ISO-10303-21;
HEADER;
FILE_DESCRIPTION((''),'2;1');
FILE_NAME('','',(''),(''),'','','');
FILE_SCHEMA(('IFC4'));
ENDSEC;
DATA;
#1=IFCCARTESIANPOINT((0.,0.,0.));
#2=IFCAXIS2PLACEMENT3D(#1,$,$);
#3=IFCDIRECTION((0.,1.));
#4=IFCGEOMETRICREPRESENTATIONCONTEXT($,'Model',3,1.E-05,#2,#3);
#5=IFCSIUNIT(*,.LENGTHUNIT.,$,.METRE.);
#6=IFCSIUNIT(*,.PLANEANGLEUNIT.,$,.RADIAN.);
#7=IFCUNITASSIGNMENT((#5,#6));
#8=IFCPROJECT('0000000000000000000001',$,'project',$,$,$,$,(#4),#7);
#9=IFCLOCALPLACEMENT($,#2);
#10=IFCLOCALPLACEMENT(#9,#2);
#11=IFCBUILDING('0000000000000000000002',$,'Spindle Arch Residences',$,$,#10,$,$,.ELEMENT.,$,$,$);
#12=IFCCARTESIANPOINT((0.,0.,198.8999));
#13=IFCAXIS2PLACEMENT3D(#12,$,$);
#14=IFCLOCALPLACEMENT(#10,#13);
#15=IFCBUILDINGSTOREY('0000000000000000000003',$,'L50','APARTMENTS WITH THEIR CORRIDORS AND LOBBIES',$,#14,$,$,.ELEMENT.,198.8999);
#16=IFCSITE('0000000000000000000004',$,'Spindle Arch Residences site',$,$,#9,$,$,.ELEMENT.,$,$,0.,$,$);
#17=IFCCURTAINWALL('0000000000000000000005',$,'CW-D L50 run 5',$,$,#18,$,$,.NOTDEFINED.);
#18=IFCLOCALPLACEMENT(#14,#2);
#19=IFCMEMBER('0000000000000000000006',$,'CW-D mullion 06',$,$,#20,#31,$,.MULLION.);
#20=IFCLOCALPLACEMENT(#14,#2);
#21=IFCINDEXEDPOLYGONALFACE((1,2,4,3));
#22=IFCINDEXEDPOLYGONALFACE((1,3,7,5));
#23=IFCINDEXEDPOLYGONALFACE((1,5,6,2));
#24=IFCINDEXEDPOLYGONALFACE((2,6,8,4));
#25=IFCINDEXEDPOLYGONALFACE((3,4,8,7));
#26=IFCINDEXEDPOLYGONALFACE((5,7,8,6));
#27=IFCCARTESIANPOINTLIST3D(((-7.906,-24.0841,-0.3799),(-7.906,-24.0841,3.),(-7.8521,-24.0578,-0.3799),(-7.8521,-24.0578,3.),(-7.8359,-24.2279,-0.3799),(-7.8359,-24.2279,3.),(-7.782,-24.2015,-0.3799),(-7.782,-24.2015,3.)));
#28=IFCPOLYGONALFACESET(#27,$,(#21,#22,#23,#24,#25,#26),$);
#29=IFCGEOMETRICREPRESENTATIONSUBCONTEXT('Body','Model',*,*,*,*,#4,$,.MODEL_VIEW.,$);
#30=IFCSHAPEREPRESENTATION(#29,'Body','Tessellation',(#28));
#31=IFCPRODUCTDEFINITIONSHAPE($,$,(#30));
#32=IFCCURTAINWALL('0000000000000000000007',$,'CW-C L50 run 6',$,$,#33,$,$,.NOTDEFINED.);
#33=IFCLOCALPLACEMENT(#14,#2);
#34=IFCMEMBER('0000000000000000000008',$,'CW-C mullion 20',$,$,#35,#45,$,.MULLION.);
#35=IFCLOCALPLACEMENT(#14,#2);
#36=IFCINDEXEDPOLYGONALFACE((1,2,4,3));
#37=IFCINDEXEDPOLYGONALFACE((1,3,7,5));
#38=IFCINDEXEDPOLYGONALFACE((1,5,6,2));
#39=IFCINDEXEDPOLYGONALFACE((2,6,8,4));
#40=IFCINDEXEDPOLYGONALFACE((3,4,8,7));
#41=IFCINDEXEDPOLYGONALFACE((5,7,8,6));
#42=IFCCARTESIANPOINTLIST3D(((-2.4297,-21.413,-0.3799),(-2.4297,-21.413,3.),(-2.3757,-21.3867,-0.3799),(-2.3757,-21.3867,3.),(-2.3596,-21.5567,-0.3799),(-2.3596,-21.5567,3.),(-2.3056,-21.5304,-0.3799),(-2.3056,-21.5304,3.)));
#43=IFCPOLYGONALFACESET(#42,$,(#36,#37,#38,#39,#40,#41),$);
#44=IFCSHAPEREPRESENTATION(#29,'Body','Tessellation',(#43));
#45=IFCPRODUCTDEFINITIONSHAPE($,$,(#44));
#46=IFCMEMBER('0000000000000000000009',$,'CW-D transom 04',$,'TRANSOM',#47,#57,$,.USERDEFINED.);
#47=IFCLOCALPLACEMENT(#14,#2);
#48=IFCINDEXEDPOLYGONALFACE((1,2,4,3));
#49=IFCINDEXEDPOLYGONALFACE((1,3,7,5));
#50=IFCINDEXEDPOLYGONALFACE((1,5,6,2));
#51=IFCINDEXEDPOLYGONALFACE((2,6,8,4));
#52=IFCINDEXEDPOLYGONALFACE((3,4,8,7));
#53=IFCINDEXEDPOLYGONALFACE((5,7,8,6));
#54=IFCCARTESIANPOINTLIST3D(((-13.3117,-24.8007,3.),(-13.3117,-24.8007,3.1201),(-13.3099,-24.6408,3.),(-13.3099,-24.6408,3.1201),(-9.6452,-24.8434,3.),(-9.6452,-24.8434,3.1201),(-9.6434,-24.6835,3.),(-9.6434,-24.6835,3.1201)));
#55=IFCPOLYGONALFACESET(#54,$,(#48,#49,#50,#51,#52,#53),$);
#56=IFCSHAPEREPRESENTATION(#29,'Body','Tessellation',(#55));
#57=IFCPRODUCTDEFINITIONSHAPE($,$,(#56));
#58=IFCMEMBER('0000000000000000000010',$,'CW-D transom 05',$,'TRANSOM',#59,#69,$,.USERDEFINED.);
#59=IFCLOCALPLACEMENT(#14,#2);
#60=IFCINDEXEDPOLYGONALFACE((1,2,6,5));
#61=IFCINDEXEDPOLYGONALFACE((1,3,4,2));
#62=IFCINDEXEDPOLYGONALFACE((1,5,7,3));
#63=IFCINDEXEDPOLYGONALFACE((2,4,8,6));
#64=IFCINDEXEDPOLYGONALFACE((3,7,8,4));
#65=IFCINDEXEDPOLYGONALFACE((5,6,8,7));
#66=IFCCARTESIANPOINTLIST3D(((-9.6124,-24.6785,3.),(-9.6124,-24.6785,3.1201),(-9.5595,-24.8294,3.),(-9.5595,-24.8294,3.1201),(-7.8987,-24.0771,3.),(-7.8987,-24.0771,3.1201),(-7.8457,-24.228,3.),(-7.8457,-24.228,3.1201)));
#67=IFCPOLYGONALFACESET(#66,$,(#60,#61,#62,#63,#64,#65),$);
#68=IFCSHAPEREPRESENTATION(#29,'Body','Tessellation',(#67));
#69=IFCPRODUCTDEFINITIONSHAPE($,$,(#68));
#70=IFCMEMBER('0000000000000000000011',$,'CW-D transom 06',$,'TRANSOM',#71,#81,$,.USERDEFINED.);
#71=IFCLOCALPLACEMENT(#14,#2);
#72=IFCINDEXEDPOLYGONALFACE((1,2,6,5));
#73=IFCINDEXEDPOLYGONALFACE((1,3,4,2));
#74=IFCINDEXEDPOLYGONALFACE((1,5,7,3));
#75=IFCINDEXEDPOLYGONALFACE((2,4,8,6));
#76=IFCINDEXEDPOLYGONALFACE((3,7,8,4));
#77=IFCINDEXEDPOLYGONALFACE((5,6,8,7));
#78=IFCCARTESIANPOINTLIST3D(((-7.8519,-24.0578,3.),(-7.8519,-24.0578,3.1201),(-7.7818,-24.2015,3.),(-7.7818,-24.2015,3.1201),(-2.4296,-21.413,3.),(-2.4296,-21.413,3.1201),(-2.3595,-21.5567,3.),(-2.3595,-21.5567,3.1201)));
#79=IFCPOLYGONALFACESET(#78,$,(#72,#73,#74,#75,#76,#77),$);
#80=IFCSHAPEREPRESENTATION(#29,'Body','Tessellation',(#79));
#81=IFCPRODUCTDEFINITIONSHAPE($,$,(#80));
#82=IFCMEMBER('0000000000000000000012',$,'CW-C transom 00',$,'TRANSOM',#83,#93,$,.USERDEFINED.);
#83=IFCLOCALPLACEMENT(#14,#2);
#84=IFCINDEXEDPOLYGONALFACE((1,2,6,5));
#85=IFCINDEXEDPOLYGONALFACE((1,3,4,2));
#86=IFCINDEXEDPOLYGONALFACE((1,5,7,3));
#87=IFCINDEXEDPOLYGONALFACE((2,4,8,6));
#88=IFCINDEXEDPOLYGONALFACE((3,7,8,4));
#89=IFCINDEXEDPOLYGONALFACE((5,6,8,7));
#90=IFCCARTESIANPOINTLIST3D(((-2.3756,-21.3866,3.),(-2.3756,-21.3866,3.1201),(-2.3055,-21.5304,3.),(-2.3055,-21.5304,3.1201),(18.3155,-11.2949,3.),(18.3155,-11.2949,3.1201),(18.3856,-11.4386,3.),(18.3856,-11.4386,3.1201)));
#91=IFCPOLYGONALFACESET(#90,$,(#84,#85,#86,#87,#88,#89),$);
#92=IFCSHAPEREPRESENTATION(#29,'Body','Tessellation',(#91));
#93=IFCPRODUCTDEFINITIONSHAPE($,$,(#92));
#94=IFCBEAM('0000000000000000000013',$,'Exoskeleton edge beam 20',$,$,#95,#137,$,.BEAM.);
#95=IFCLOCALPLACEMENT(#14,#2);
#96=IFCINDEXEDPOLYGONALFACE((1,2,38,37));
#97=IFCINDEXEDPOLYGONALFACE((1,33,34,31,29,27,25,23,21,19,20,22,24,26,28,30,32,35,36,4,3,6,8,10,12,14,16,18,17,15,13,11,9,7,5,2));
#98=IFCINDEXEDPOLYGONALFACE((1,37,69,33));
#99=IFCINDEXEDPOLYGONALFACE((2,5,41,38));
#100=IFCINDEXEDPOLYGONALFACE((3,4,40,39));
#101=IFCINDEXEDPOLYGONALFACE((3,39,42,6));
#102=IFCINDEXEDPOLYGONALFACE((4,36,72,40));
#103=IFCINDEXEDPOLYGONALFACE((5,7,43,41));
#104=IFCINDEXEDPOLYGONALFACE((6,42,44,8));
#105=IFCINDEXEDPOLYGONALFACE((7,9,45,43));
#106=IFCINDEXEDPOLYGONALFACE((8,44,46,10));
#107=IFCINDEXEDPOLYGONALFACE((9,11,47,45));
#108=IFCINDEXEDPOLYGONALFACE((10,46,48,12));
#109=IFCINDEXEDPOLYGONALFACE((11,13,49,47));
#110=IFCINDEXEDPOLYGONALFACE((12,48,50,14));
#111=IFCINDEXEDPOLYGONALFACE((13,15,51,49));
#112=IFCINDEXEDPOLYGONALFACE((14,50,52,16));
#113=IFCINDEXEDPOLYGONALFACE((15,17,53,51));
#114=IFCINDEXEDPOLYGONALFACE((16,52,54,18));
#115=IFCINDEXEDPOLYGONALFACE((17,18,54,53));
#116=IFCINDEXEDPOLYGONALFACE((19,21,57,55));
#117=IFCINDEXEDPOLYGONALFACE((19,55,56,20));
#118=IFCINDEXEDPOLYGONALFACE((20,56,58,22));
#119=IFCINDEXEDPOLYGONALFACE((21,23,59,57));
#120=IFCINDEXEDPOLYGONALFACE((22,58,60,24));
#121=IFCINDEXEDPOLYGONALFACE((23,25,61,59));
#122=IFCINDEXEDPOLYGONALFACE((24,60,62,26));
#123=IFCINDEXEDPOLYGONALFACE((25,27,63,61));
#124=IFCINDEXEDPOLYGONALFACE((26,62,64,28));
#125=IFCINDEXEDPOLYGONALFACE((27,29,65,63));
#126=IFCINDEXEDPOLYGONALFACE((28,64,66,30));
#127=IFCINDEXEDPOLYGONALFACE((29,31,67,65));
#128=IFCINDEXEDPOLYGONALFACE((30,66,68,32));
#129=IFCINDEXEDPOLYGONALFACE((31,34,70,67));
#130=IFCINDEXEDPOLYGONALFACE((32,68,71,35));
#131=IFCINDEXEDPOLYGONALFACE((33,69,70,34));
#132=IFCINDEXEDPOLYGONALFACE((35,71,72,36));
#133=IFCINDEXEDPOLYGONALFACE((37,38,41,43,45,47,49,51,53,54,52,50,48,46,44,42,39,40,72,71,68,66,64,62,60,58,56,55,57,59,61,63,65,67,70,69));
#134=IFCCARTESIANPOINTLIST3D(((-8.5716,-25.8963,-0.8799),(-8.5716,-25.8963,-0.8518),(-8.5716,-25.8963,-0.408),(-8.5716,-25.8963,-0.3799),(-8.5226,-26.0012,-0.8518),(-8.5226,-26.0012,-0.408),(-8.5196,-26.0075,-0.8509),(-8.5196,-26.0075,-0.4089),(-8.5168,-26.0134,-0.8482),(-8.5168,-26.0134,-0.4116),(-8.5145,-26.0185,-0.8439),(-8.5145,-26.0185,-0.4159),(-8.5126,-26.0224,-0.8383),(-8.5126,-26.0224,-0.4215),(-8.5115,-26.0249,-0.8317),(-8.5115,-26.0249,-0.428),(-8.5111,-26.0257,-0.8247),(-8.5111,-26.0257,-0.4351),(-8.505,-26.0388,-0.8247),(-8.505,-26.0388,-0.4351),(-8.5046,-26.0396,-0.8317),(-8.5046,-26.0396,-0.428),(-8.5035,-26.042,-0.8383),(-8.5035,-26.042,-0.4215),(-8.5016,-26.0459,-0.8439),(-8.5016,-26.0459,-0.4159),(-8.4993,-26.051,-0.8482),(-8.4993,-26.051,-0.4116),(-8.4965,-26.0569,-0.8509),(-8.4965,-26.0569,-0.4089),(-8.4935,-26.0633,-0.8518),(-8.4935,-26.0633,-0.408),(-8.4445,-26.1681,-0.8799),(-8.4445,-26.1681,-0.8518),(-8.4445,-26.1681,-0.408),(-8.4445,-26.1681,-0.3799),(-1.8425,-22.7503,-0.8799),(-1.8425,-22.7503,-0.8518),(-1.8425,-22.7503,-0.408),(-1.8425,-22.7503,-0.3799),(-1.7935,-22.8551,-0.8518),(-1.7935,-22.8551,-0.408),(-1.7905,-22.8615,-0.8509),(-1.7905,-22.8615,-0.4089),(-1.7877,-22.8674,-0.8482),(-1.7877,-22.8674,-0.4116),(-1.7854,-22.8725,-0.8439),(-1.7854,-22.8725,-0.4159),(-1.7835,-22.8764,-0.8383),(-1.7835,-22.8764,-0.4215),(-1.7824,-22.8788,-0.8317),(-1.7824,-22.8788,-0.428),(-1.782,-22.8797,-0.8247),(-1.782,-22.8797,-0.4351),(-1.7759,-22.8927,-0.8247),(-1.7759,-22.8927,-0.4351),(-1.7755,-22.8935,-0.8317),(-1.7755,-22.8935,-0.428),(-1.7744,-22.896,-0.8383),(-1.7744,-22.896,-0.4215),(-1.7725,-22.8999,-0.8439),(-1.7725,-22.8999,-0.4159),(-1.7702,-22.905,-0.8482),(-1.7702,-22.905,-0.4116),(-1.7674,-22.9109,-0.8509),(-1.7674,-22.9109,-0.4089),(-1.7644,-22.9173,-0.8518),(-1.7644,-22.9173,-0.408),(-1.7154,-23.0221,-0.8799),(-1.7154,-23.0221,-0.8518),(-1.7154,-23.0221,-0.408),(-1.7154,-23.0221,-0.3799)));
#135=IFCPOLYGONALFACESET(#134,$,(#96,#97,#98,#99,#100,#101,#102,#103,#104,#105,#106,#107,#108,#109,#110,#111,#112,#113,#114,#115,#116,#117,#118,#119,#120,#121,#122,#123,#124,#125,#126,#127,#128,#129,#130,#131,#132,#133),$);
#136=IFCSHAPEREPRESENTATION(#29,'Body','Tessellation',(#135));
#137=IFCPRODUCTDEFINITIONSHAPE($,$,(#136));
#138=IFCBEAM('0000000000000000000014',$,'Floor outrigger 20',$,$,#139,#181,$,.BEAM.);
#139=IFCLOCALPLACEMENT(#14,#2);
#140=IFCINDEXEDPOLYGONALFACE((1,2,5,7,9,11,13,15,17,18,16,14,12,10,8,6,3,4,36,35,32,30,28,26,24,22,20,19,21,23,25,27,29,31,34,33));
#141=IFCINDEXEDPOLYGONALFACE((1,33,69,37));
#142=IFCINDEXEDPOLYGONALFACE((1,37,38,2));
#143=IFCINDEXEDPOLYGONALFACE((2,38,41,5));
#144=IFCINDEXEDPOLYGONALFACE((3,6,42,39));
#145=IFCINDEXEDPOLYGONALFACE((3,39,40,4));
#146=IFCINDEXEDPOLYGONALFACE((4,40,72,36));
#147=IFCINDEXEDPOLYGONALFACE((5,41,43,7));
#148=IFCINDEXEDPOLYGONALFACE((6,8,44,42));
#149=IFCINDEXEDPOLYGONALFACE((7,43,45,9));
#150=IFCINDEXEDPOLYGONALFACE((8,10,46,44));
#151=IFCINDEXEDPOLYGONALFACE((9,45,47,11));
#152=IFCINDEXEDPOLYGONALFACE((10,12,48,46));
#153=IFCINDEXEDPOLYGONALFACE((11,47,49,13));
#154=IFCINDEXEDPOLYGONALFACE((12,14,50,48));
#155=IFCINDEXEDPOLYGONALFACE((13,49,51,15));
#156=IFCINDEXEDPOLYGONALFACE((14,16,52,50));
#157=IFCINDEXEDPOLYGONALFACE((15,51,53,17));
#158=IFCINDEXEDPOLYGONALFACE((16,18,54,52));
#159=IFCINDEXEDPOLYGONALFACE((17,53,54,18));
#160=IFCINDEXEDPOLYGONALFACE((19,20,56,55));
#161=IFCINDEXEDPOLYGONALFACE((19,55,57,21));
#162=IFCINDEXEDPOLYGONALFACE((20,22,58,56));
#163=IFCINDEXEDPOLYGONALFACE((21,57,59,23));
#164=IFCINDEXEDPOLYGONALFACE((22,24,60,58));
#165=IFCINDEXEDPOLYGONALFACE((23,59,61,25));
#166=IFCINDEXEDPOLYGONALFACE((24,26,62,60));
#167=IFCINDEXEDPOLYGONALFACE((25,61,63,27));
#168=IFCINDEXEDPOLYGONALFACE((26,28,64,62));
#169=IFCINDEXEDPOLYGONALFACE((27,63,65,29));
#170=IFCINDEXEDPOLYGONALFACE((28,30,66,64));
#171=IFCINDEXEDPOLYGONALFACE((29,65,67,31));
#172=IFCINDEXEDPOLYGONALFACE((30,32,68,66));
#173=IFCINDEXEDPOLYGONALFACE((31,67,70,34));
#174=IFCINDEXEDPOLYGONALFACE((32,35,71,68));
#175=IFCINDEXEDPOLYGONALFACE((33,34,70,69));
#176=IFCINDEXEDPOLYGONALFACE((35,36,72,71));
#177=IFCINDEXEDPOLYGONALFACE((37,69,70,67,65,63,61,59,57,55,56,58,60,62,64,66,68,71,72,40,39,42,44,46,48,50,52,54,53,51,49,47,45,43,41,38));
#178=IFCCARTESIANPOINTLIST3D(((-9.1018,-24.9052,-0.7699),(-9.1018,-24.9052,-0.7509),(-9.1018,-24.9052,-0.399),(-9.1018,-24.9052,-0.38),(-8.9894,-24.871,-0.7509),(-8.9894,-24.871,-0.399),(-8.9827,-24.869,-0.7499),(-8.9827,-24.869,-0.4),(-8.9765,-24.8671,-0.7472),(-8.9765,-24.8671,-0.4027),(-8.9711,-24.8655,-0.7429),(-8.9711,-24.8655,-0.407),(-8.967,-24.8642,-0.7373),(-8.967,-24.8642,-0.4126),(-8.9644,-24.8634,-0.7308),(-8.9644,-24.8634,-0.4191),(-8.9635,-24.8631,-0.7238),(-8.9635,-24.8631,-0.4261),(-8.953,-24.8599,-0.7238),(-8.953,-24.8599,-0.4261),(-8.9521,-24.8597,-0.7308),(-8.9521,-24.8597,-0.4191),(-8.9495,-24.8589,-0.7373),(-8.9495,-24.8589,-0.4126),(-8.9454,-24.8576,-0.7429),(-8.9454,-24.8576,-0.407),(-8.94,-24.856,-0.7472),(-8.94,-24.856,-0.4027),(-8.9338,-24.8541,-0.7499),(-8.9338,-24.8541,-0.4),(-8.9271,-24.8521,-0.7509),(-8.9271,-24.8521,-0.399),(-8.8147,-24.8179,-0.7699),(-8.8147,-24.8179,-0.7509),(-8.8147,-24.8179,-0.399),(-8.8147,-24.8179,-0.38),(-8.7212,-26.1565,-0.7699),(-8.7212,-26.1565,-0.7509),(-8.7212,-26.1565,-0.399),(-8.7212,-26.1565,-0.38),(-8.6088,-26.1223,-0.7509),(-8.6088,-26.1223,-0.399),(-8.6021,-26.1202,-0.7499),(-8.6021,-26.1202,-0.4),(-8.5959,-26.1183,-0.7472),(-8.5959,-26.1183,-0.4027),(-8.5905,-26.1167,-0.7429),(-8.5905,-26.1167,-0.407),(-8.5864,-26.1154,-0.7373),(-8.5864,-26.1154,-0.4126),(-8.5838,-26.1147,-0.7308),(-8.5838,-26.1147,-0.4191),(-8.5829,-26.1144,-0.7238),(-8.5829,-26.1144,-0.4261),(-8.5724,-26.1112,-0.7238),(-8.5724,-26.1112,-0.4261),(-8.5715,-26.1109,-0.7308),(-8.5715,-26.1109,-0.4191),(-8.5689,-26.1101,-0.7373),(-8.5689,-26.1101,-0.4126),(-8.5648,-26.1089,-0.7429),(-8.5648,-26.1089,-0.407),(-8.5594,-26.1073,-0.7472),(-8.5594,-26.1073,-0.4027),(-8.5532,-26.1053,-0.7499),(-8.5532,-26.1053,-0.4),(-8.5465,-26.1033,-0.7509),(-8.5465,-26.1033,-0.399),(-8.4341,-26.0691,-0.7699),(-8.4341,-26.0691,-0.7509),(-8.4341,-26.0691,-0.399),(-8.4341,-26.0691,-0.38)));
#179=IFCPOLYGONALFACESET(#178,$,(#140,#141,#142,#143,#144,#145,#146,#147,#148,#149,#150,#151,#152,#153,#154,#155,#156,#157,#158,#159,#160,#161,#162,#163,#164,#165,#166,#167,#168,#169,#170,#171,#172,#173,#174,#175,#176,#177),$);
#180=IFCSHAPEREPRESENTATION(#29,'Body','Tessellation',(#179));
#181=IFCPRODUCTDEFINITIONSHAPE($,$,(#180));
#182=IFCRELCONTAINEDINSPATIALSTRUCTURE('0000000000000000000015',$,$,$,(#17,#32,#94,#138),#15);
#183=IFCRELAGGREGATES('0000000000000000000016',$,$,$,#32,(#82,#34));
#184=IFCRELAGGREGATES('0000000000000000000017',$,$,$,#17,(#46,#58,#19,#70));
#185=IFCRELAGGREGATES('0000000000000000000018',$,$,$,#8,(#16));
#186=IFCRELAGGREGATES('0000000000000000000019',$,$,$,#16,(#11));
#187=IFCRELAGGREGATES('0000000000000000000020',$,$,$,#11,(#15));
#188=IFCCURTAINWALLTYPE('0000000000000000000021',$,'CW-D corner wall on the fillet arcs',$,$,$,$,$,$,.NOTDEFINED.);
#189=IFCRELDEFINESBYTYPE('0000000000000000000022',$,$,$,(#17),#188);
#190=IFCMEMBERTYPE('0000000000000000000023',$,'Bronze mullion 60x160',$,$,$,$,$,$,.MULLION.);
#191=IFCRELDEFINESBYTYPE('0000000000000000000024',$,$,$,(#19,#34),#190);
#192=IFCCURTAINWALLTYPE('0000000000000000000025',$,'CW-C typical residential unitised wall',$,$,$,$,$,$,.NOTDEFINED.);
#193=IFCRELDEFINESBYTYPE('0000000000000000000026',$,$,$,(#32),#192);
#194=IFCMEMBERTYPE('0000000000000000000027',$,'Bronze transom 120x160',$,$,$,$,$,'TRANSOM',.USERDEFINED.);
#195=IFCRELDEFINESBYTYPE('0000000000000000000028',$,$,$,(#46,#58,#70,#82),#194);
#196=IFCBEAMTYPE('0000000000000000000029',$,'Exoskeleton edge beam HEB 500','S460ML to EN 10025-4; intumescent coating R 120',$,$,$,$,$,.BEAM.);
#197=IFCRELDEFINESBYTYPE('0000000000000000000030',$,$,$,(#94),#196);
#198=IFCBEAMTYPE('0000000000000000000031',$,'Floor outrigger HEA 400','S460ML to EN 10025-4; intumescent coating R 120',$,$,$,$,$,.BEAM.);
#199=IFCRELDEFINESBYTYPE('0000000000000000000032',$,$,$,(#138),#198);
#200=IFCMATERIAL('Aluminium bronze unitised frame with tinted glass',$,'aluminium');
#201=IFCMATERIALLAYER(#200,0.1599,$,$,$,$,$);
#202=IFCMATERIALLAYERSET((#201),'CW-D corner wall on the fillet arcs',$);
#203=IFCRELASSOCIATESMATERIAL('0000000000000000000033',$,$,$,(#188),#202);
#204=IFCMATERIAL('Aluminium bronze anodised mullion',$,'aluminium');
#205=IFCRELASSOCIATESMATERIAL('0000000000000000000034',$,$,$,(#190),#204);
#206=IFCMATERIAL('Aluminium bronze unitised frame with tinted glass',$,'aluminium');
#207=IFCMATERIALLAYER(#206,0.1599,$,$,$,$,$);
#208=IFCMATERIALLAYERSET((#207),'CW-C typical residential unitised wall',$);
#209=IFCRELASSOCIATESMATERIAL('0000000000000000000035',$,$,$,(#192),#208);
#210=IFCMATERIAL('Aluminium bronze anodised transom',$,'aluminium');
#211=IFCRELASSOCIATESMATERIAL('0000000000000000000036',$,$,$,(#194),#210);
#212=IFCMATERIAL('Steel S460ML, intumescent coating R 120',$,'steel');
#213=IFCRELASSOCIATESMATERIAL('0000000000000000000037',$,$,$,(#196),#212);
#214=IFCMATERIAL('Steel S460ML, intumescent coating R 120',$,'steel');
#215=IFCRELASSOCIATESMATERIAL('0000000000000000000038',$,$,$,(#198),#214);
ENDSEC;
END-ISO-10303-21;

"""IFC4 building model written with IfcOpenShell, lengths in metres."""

from ifc_helpers import new_model, si_unit, direction, frame, origin, origin_2d, place, context, subcontext, project, spatial, rectangle, i_section, extrude, material, layer, layer_set, material_profile, profile_set, type_object, element, aggregate, save


model = new_model("IFC4")

# Units and contexts
model_context = context("Model", 3, precision=1e-05, world=origin(), true_north=direction((0.0, 1.0)))
body_context = subcontext(model_context, "Body", "Model", "MODEL_VIEW")
ifc_project = project(units=[si_unit("LENGTHUNIT", "METRE"), si_unit("PLANEANGLEUNIT", "RADIAN")], contexts=[model_context])

# Site, building, storey
site_placement = place(None, origin())
site = spatial("IfcSite", under=ifc_project, at=site_placement, Name="Spindle Arch Residences site", CompositionType="ELEMENT", RefElevation=0.0)
building_placement = place(site_placement, origin())
building = spatial("IfcBuilding", under=site, at=building_placement, Name="Spindle Arch Residences", CompositionType="ELEMENT")
storey_placement = place(building_placement, frame((0.0, 0.0, 198.8999)))
storey = spatial("IfcBuildingStorey", under=building, at=storey_placement, Name="L50", Description="APARTMENTS WITH THEIR CORRIDORS AND LOBBIES", CompositionType="ELEMENT", Elevation=198.8999)

# Curtain wall, member
ifc_material_1 = material(Name="Aluminium bronze unitised frame with tinted glass", Category="aluminium")
ifc_layer_1 = layer(ifc_material_1, 0.1599)
ifc_layer_set_1 = layer_set([ifc_layer_1], Name="CW-D corner wall on the fillet arcs")
curtain_wall_type_1 = type_object("IfcCurtainWallType", Name="CW-D corner wall on the fillet arcs", PredefinedType="NOTDEFINED", material=ifc_layer_set_1)
curtain_wall_1_placement = place(storey_placement, origin())
curtain_wall_1 = element("IfcCurtainWall", 1, at=curtain_wall_1_placement, inside=storey, type_object=curtain_wall_type_1, Name="CW-D L50 run 5", PredefinedType="NOTDEFINED")
ifc_material_2 = material(Name="Aluminium bronze anodised mullion", Category="aluminium")
ifc_material_profile_1 = material_profile(ifc_material_2, rectangle(XDim=0.1599, YDim=0.0601, at=origin_2d()), Name="MU 60x160")
ifc_profile_set_1 = profile_set([ifc_material_profile_1], Name="Aluminium bronze anodised mullion")
member_type_1 = type_object("IfcMemberType", Name="Bronze mullion 60x160", PredefinedType="MULLION", material=ifc_profile_set_1)
member_1_placement = place(storey_placement, frame((-7.844, -24.1428, -0.3799), z_axis=(0.0, 0.0, 1.0), x_axis=(-0.438371, 0.898794, 0.0)))
member_1 = element("IfcMember", 2, at=member_1_placement, type_object=member_type_1, Name="CW-D mullion 06", PredefinedType="MULLION", context=body_context, shape_type="SweptSolid", body=[
    extrude(rectangle(XDim=0.1599, YDim=0.0601, at=origin_2d()), origin(), (0.0, 0.0, 1.0), 3.3799),
])

# Curtain wall, member
ifc_material_3 = material(Name="Aluminium bronze unitised frame with tinted glass", Category="aluminium")
ifc_layer_2 = layer(ifc_material_3, 0.1599)
ifc_layer_set_2 = layer_set([ifc_layer_2], Name="CW-C typical residential unitised wall")
curtain_wall_type_2 = type_object("IfcCurtainWallType", Name="CW-C typical residential unitised wall", PredefinedType="NOTDEFINED", material=ifc_layer_set_2)
curtain_wall_2_placement = place(storey_placement, origin())
curtain_wall_2 = element("IfcCurtainWall", 3, at=curtain_wall_2_placement, inside=storey, type_object=curtain_wall_type_2, Name="CW-C L50 run 6", PredefinedType="NOTDEFINED")
member_2_placement = place(storey_placement, frame((-2.3677, -21.4717, -0.3799), z_axis=(0.0, 0.0, 1.0), x_axis=(-0.438371, 0.898794, 0.0)))
member_2 = element("IfcMember", 4, at=member_2_placement, type_object=member_type_1, Name="CW-C mullion 20", PredefinedType="MULLION", context=body_context, shape_type="SweptSolid", body=[
    extrude(rectangle(XDim=0.1599, YDim=0.0601, at=origin_2d()), origin(), (0.0, 0.0, 1.0), 3.3799),
])

# Members
ifc_material_4 = material(Name="Aluminium bronze anodised transom", Category="aluminium")
ifc_material_profile_2 = material_profile(ifc_material_4, rectangle(XDim=0.1599, YDim=0.1201, at=origin_2d()), Name="TR 120x160")
ifc_profile_set_2 = profile_set([ifc_material_profile_2], Name="Aluminium bronze anodised transom")
member_type_2 = type_object("IfcMemberType", Name="Bronze transom 120x160", ElementType="TRANSOM", PredefinedType="USERDEFINED", material=ifc_profile_set_2)
member_3_placement = place(storey_placement, frame((-13.3108, -24.7207, 3.0601), z_axis=(0.999932, -0.011652, 0.0), x_axis=(0.011652, 0.999932, 0.0)))
member_3 = element("IfcMember", 5, at=member_3_placement, type_object=member_type_2, Name="CW-D transom 04", ObjectType="TRANSOM", PredefinedType="USERDEFINED", context=body_context, shape_type="SweptSolid", body=[
    extrude(rectangle(XDim=0.1599, YDim=0.1201, at=origin_2d()), origin(), (0.0, 0.0, 1.0), 3.6667),
])
member_4_placement = place(storey_placement, frame((-9.5859, -24.7539, 3.0601), z_axis=(0.943592, 0.331111, 0.0), x_axis=(-0.331111, 0.943592, 0.0)))
member_4 = element("IfcMember", 6, at=member_4_placement, type_object=member_type_2, Name="CW-D transom 05", ObjectType="TRANSOM", PredefinedType="USERDEFINED", context=body_context, shape_type="SweptSolid", body=[
    extrude(rectangle(XDim=0.1599, YDim=0.1201, at=origin_2d()), origin(), (0.0, 0.0, 1.0), 1.8162),
])
member_5_placement = place(storey_placement, frame((-7.8169, -24.1296, 3.0601), z_axis=(0.898787, 0.438386, 0.0), x_axis=(-0.438386, 0.898787, 0.0)))
member_5 = element("IfcMember", 7, at=member_5_placement, type_object=member_type_2, Name="CW-D transom 06", ObjectType="TRANSOM", PredefinedType="USERDEFINED", context=body_context, shape_type="SweptSolid", body=[
    extrude(rectangle(XDim=0.1599, YDim=0.1201, at=origin_2d()), origin(), (0.0, 0.0, 1.0), 6.033),
])
member_6_placement = place(storey_placement, frame((-2.3406, -21.4585, 3.0601), z_axis=(0.898793, 0.438373, 0.0), x_axis=(-0.438373, 0.898793, 0.0)))
member_6 = element("IfcMember", 8, at=member_6_placement, type_object=member_type_2, Name="CW-C transom 00", ObjectType="TRANSOM", PredefinedType="USERDEFINED", context=body_context, shape_type="SweptSolid", body=[
    extrude(rectangle(XDim=0.1599, YDim=0.1201, at=origin_2d()), origin(), (0.0, 0.0, 1.0), 23.021),
])
aggregate(curtain_wall_2, [member_6, member_2])

# Beams
ifc_material_5 = material(Name="Steel S460ML, intumescent coating R 120", Category="steel")
ifc_material_profile_3 = material_profile(ifc_material_5, i_section(OverallWidth=0.3, OverallDepth=0.5, WebThickness=0.0144, FlangeThickness=0.0281, FilletRadius=0.0271, at=origin_2d()), Name="HEB 500")
ifc_profile_set_3 = profile_set([ifc_material_profile_3], Name="Steel S460ML, intumescent coating R 120")
beam_type_1 = type_object("IfcBeamType", Name="Exoskeleton edge beam HEB 500", Description="S460ML to EN 10025-4; intumescent coating R 120", PredefinedType="BEAM", material=ifc_profile_set_3)
beam_1_placement = place(storey_placement, frame((-8.5081, -26.0322, -0.6299), z_axis=(0.905884, 0.423526, 0.0), x_axis=(-0.423526, 0.905884, 0.0)))
element("IfcBeam", 9, at=beam_1_placement, inside=storey, type_object=beam_type_1, Name="Exoskeleton edge beam 20", PredefinedType="BEAM", context=body_context, shape_type="SweptSolid", body=[
    extrude(i_section(OverallWidth=0.3, OverallDepth=0.5, WebThickness=0.0144, FlangeThickness=0.0281, FilletRadius=0.0271, at=origin_2d()), origin(), (0.0, 0.0, 1.0), 7.4282),
])
ifc_material_6 = material(Name="Steel S460ML, intumescent coating R 120", Category="steel")
ifc_material_profile_4 = material_profile(ifc_material_6, i_section(OverallWidth=0.3, OverallDepth=0.3899, WebThickness=0.011, FlangeThickness=0.019, FilletRadius=0.0271, at=origin_2d()), Name="HEA 400")
ifc_profile_set_4 = profile_set([ifc_material_profile_4], Name="Steel S460ML, intumescent coating R 120")
beam_type_2 = type_object("IfcBeamType", Name="Floor outrigger HEA 400", Description="S460ML to EN 10025-4; intumescent coating R 120", PredefinedType="BEAM", material=ifc_profile_set_4)
beam_2_placement = place(storey_placement, frame((-8.5776, -26.1128, -0.575), z_axis=(-0.291028, 0.956715, 0.0), x_axis=(-0.956715, -0.291028, 0.0)))
element("IfcBeam", 10, at=beam_2_placement, inside=storey, type_object=beam_type_2, Name="Floor outrigger 20", PredefinedType="BEAM", context=body_context, shape_type="SweptSolid", body=[
    extrude(i_section(OverallWidth=0.3, OverallDepth=0.3899, WebThickness=0.011, FlangeThickness=0.019, FilletRadius=0.0271, at=origin_2d()), origin(), (0.0, 0.0, 1.0), 1.3079),
])

aggregate(curtain_wall_1, [member_3, member_4, member_1, member_5])

save(model, "model.ifc")
